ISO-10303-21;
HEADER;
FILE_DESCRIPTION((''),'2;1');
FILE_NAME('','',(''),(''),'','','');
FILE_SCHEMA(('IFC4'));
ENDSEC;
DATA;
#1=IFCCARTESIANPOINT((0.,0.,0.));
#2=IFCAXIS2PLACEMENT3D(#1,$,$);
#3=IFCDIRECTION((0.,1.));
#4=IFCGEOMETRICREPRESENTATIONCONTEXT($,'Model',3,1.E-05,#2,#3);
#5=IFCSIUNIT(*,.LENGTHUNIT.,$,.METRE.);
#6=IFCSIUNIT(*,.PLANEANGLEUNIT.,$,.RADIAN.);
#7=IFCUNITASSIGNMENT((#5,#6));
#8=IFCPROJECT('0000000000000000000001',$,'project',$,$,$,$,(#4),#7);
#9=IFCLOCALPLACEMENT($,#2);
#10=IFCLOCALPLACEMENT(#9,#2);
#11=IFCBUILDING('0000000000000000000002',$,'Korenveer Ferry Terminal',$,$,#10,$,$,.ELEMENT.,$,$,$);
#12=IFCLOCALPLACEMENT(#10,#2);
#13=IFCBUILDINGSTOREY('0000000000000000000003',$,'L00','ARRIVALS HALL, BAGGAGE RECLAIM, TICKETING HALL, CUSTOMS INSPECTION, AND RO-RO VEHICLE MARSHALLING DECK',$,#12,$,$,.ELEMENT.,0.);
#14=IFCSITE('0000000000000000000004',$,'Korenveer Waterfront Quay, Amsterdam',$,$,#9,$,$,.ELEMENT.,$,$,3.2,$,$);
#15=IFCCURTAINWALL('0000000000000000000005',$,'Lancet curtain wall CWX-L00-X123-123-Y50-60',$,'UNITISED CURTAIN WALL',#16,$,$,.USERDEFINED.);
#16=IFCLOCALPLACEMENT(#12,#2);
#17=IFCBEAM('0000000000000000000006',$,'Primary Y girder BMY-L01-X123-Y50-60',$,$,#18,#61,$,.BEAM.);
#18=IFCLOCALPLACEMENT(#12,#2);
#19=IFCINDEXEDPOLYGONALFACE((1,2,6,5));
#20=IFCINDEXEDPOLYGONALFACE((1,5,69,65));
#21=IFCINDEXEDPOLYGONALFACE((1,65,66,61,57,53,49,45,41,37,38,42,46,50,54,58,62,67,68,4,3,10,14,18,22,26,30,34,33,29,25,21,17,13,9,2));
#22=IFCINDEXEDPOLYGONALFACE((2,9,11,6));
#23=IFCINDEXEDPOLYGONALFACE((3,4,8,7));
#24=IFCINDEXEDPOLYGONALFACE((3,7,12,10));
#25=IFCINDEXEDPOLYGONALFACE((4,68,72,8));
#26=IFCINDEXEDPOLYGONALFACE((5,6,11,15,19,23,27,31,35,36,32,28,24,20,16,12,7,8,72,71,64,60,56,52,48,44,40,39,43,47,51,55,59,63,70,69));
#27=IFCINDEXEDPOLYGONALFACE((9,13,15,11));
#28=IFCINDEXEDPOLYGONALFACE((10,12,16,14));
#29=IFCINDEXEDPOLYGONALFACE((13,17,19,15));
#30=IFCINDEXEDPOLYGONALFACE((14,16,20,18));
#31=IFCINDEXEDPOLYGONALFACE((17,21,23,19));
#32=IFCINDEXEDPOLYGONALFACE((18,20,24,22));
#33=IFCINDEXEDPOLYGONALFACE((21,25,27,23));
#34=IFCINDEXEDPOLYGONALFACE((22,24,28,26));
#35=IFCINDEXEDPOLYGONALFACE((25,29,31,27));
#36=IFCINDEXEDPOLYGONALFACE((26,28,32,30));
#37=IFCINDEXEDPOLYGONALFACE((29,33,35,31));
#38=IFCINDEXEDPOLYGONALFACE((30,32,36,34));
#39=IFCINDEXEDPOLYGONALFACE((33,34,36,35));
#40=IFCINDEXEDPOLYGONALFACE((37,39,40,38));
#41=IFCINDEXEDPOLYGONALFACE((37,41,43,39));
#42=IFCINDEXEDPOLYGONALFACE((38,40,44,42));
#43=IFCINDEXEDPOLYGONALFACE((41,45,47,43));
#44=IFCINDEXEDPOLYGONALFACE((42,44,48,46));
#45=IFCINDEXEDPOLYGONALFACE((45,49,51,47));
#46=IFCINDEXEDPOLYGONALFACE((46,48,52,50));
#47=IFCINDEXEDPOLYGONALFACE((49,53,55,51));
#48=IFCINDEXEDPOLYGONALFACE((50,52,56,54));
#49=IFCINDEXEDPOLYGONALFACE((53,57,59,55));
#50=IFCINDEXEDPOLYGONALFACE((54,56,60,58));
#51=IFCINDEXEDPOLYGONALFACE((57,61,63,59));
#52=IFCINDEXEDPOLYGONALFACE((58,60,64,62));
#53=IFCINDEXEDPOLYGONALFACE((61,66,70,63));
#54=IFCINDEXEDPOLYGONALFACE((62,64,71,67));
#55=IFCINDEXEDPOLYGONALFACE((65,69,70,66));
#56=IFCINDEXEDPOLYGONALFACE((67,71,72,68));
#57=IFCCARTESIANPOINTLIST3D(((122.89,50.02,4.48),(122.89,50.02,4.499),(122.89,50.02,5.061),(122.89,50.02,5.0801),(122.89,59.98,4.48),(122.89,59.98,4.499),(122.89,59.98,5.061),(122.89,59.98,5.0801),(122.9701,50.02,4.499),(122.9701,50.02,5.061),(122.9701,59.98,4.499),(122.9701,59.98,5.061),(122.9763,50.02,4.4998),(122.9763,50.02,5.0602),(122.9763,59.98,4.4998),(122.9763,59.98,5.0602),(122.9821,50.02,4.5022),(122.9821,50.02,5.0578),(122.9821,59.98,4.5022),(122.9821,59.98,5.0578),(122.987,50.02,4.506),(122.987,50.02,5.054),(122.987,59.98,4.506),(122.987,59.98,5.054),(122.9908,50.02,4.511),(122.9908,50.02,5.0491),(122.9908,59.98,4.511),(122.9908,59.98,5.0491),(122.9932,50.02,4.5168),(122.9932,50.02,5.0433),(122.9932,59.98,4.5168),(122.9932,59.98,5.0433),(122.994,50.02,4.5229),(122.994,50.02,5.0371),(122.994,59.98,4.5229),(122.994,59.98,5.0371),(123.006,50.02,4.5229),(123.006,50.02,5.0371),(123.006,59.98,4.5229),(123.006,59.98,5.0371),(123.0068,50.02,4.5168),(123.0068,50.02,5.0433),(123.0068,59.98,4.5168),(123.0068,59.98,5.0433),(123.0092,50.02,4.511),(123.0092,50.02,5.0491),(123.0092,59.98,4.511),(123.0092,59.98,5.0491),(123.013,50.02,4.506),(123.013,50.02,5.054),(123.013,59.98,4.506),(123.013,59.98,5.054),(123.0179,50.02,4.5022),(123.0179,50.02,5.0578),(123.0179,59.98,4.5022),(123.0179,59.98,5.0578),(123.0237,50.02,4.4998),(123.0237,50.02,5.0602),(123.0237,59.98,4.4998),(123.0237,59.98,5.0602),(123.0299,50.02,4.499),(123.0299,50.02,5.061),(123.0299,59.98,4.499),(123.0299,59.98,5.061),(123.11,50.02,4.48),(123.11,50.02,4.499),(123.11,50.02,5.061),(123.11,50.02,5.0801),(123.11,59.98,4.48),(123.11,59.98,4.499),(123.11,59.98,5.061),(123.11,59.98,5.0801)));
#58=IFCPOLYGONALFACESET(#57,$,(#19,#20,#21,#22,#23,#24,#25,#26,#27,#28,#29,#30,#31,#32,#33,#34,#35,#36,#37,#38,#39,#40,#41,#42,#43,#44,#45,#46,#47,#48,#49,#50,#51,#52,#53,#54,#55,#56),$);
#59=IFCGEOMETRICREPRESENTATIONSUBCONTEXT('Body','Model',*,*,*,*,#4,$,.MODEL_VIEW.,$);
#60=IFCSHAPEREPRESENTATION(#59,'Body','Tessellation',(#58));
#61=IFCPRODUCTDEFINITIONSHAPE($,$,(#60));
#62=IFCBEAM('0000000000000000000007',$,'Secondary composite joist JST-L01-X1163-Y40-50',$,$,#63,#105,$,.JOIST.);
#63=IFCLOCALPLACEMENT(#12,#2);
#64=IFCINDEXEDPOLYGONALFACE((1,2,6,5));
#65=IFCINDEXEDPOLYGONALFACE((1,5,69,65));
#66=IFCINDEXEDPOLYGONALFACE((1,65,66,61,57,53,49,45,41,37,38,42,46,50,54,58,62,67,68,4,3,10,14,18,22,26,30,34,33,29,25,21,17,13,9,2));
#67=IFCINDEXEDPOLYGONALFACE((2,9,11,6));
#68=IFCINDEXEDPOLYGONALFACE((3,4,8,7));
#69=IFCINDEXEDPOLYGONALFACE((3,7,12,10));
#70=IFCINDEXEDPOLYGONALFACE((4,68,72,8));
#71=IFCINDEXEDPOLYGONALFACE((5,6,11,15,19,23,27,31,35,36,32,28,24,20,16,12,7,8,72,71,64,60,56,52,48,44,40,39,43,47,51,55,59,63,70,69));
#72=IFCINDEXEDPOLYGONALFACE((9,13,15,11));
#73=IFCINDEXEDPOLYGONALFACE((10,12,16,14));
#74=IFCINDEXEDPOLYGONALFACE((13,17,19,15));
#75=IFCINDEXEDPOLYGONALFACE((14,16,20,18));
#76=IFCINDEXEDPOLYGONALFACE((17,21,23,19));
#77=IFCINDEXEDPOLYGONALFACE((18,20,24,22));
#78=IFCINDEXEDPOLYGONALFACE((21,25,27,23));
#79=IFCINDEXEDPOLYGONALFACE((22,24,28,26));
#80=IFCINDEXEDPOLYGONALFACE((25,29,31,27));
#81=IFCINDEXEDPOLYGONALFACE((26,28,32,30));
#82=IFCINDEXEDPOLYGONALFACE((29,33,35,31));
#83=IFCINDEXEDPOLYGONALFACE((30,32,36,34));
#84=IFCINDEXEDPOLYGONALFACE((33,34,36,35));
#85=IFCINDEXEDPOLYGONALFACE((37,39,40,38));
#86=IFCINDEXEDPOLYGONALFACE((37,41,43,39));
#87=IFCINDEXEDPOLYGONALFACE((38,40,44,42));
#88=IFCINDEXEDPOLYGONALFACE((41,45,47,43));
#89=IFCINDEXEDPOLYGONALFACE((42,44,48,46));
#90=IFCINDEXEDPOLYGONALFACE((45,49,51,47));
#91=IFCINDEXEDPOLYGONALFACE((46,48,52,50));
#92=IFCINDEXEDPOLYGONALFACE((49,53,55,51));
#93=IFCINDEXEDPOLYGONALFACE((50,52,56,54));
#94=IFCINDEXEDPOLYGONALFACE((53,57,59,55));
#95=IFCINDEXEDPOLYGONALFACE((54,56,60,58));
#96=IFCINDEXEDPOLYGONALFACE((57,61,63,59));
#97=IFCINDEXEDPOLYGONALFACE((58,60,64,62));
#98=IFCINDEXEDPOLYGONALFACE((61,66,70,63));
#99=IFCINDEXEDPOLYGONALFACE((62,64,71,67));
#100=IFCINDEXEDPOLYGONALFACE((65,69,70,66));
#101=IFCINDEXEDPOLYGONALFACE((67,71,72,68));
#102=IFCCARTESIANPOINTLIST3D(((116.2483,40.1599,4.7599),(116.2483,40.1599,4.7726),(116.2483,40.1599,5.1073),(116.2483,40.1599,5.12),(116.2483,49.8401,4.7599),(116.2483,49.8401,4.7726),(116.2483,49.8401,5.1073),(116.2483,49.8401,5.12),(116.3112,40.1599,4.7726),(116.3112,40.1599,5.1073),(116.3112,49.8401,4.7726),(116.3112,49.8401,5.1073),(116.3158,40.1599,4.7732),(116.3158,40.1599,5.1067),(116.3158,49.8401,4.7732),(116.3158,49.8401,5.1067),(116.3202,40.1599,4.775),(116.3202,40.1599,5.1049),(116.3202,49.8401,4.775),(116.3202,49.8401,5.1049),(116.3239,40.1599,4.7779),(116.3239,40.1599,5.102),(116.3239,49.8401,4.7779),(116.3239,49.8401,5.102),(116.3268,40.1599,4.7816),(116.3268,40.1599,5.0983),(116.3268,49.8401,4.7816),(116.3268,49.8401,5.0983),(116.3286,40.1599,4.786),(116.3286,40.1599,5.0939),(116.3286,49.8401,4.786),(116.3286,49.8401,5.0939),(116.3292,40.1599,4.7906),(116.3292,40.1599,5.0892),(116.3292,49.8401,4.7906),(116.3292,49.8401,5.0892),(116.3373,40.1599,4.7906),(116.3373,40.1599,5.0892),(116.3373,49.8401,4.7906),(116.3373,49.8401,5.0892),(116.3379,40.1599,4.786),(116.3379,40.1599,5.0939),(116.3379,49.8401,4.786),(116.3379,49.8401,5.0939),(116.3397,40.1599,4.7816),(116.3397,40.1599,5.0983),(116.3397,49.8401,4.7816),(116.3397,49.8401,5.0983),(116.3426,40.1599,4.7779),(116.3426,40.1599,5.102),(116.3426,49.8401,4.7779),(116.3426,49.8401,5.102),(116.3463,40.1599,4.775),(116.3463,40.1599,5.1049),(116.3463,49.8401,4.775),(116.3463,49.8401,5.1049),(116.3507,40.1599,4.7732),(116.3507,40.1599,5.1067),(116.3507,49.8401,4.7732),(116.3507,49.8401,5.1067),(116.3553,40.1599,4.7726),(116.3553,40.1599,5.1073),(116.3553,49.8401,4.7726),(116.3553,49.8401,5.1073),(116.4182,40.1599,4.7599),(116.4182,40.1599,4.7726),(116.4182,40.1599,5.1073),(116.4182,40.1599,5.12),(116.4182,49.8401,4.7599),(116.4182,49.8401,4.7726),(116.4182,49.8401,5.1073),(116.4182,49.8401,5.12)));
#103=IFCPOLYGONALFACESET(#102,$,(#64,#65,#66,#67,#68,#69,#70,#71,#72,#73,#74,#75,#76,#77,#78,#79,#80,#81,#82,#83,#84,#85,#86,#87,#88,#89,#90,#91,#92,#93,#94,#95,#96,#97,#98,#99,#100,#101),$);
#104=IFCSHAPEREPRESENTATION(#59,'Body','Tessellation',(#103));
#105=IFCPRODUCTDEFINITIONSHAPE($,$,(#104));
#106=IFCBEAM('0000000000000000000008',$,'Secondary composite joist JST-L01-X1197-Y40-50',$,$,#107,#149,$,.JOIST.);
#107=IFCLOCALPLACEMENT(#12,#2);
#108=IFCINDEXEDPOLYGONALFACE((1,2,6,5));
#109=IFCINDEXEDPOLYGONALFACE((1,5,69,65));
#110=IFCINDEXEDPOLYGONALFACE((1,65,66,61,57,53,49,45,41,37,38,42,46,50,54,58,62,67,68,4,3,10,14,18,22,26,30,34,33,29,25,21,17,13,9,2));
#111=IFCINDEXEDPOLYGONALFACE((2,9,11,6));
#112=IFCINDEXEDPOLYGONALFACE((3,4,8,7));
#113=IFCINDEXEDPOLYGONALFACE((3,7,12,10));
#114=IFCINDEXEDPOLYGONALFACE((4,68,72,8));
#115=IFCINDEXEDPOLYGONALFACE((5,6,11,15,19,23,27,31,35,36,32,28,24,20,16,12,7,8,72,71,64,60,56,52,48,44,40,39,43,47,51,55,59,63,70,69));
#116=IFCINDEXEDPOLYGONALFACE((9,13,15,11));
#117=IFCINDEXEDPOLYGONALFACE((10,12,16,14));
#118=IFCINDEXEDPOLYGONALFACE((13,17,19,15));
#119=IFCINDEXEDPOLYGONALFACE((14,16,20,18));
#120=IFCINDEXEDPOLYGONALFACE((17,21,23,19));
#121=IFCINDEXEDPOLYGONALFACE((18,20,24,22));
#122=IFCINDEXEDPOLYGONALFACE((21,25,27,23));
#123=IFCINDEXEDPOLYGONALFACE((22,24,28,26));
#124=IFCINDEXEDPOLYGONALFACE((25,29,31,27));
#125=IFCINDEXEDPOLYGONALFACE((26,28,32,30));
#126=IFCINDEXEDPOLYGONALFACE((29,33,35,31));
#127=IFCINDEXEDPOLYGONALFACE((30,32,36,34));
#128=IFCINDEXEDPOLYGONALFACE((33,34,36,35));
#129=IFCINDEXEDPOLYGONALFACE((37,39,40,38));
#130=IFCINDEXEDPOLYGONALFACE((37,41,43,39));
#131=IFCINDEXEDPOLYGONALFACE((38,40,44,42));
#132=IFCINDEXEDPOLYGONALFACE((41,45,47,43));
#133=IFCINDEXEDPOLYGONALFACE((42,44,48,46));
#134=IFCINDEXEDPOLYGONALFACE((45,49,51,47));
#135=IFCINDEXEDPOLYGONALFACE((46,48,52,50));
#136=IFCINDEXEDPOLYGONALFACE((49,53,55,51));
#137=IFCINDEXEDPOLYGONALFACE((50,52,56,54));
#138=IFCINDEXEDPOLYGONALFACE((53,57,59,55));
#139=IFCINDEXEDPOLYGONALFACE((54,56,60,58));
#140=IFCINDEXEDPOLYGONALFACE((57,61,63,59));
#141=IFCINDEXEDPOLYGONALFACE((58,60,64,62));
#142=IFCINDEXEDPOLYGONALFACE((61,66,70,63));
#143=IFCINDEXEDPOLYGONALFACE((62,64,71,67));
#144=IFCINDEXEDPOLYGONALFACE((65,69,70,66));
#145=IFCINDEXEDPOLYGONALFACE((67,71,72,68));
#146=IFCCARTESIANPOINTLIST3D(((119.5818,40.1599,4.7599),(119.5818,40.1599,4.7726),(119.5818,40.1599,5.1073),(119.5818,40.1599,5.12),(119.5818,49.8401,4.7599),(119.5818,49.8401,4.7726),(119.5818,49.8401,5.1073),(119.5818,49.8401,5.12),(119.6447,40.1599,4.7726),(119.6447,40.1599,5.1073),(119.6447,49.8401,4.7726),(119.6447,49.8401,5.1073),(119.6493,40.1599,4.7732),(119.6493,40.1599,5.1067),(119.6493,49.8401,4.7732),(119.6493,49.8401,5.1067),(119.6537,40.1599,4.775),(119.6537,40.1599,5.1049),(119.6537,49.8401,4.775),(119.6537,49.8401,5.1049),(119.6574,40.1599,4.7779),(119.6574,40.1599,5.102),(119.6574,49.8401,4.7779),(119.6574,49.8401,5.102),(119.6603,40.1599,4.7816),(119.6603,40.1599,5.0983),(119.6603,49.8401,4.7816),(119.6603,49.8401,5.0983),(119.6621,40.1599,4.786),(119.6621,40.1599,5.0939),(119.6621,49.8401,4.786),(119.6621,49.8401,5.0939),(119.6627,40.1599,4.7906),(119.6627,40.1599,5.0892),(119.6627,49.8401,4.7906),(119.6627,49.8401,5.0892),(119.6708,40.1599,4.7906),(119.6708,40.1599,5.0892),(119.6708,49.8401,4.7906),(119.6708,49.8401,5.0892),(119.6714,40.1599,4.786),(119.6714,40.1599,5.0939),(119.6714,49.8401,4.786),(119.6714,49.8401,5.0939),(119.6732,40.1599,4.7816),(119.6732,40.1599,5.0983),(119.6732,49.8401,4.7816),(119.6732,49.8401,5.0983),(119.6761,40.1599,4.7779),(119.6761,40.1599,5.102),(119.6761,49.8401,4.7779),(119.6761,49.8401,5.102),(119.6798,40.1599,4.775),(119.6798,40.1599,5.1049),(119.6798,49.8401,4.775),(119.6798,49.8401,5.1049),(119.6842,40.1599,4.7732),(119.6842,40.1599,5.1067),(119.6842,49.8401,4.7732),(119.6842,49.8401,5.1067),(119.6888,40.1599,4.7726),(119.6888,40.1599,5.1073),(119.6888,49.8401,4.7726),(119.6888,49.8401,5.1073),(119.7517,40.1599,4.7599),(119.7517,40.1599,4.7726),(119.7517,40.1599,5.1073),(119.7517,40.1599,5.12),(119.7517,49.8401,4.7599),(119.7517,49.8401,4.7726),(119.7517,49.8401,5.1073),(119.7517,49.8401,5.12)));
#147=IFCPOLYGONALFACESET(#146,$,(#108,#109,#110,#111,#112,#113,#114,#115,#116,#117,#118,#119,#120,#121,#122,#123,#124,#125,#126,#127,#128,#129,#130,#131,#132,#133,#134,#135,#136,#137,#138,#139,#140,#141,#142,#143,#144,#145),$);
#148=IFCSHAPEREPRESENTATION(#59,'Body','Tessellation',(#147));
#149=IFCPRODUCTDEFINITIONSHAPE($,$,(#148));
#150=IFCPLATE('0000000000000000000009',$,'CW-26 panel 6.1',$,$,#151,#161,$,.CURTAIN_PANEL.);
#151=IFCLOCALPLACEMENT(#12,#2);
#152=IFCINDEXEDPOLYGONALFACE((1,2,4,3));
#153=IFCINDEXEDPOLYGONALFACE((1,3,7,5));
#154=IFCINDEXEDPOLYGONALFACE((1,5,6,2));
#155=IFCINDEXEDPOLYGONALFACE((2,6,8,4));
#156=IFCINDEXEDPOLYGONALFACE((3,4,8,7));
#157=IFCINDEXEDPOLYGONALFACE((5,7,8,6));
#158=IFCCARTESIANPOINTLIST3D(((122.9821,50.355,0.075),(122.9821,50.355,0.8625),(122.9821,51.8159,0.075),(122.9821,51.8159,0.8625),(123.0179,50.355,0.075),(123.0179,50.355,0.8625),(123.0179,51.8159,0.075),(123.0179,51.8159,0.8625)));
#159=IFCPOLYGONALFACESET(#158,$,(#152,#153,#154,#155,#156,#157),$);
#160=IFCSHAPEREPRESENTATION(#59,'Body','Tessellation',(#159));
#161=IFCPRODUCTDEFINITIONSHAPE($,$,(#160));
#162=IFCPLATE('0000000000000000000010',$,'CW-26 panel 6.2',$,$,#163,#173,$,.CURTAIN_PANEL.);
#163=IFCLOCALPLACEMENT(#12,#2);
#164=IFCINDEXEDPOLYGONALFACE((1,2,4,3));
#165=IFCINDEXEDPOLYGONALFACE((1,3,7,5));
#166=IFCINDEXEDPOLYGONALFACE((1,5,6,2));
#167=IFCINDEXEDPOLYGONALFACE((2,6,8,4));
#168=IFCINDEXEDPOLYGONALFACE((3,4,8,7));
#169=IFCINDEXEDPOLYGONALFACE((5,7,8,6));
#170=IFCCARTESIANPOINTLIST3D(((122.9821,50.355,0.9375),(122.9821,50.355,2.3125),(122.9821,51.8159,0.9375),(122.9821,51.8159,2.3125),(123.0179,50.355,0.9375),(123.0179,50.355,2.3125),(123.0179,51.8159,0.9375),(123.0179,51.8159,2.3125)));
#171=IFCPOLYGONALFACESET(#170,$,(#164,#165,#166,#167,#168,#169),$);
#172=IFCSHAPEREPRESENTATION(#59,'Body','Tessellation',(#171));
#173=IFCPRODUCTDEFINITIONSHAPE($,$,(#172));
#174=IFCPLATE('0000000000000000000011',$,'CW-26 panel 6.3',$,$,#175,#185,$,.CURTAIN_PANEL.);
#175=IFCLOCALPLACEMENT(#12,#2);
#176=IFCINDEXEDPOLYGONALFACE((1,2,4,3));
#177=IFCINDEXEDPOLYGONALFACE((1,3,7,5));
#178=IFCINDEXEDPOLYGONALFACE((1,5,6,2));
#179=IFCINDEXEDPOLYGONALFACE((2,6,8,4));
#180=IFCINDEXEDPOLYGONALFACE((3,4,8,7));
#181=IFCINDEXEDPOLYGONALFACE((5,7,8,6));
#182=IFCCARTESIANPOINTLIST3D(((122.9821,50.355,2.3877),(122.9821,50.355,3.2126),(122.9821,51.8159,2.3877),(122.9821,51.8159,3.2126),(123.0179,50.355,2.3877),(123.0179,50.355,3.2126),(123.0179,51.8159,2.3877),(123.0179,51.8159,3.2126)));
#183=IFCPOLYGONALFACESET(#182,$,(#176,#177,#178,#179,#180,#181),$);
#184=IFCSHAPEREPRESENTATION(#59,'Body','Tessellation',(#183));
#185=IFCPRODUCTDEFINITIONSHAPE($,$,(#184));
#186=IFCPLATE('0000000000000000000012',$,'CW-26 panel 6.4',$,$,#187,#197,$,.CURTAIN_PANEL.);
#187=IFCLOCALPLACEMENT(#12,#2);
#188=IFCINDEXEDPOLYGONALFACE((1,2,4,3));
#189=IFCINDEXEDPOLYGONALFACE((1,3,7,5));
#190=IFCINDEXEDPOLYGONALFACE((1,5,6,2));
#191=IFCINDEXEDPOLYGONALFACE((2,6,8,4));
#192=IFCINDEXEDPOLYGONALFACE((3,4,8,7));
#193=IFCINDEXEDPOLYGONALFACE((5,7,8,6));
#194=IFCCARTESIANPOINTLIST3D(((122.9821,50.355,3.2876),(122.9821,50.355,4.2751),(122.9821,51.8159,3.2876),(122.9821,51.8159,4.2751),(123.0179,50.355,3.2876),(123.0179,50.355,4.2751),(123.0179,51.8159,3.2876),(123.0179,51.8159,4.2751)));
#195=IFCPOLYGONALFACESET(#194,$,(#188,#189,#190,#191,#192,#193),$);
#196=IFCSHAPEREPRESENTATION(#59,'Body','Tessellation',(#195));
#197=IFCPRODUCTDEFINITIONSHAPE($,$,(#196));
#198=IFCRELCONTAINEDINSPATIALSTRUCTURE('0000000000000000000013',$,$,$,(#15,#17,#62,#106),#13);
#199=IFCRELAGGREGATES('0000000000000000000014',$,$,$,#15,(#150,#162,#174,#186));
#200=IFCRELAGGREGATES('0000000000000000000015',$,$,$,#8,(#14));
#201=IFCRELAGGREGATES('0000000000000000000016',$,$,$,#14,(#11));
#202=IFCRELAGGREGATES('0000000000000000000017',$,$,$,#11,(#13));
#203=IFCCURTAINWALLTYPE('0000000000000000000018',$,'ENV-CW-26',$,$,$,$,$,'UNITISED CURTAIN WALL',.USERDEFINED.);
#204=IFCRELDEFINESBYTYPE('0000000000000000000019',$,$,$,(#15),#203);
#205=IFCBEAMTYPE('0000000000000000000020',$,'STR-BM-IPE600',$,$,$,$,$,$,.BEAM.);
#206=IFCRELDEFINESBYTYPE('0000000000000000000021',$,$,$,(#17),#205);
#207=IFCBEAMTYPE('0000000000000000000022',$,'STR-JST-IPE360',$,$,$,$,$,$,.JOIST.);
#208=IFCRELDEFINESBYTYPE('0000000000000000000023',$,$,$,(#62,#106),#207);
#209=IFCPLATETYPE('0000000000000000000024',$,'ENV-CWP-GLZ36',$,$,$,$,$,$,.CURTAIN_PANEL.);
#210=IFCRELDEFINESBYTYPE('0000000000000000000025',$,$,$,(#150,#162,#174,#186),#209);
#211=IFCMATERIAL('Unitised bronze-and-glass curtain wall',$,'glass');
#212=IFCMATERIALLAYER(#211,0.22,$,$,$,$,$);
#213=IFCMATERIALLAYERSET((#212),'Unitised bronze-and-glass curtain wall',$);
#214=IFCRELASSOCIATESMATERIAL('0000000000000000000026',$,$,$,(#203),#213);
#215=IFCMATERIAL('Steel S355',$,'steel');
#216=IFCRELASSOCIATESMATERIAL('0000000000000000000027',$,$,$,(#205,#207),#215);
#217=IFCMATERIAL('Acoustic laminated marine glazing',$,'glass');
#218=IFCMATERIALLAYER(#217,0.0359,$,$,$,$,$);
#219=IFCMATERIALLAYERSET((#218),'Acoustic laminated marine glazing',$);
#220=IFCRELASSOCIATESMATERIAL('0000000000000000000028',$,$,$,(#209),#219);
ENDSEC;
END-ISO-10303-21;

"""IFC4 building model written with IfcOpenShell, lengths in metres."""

from ifc_helpers import new_model, si_unit, direction, frame, origin, origin_2d, place, context, subcontext, project, spatial, rectangle, i_section, extrude, material, layer, layer_set, material_profile, profile_set, type_object, element, aggregate, save


model = new_model("IFC4")

# Units and contexts
model_context = context("Model", 3, precision=1e-05, world=origin(), true_north=direction((0.0, 1.0)))
body_context = subcontext(model_context, "Body", "Model", "MODEL_VIEW")
ifc_project = project(units=[si_unit("LENGTHUNIT", "METRE"), si_unit("PLANEANGLEUNIT", "RADIAN")], contexts=[model_context])

# Site, building, storey
site_placement = place(None, origin())
site = spatial("IfcSite", under=ifc_project, at=site_placement, Name="Korenveer Waterfront Quay, Amsterdam", CompositionType="ELEMENT", RefElevation=3.2)
building_placement = place(site_placement, origin())
building = spatial("IfcBuilding", under=site, at=building_placement, Name="Korenveer Ferry Terminal", CompositionType="ELEMENT")
storey_placement = place(building_placement, origin())
storey = spatial("IfcBuildingStorey", under=building, at=storey_placement, Name="L00", Description="ARRIVALS HALL, BAGGAGE RECLAIM, TICKETING HALL, CUSTOMS INSPECTION, AND RO-RO VEHICLE MARSHALLING DECK", CompositionType="ELEMENT", Elevation=0.0)

# Shared definitions
ifc_material_1 = material(Name="Steel S355", Category="steel")

# Curtain wall
ifc_material_2 = material(Name="Unitised bronze-and-glass curtain wall", Category="glass")
ifc_layer_1 = layer(ifc_material_2, 0.22)
ifc_layer_set_1 = layer_set([ifc_layer_1], Name="Unitised bronze-and-glass curtain wall")
curtain_wall_type = type_object("IfcCurtainWallType", Name="ENV-CW-26", ElementType="UNITISED CURTAIN WALL", PredefinedType="USERDEFINED", material=ifc_layer_set_1)
curtain_wall_placement = place(storey_placement, frame((123.0, 59.72, 0.0)))
curtain_wall = element("IfcCurtainWall", 1, at=curtain_wall_placement, inside=storey, type_object=curtain_wall_type, Name="Lancet curtain wall CWX-L00-X123-123-Y50-60", ObjectType="UNITISED CURTAIN WALL", PredefinedType="USERDEFINED")

# Beams
ifc_material_profile_1 = material_profile(ifc_material_1, i_section(OverallWidth=0.22, OverallDepth=0.6001, WebThickness=0.012, FlangeThickness=0.019, FilletRadius=0.0239, at=origin_2d()), Name="IPE 600")
ifc_profile_set_1 = profile_set([ifc_material_profile_1], Name="Steel S355")
beam_type_1 = type_object("IfcBeamType", Name="STR-BM-IPE600", PredefinedType="BEAM", material=ifc_profile_set_1)
for number, where, z_axis, x_axis, name in (
    (2, (123.0, 50.02, 4.78), (0.0, 1.0, 0.0), (-1.0, 0.0, 0.0), "Primary Y girder BMY-L01-X123-Y50-60"),
):
    element("IfcBeam", number, at=place(storey_placement, frame(where, z_axis=z_axis, x_axis=x_axis)), inside=storey, type_object=beam_type_1, Name=name, PredefinedType="BEAM", context=body_context, shape_type="SweptSolid", body=[
        extrude(i_section(OverallWidth=0.22, OverallDepth=0.6001, WebThickness=0.012, FlangeThickness=0.019, FilletRadius=0.0239, at=origin_2d()), origin(), (0.0, 0.0, 1.0), 9.96),
    ])
ifc_material_profile_2 = material_profile(ifc_material_1, i_section(OverallWidth=0.1699, OverallDepth=0.3601, WebThickness=0.0081, FlangeThickness=0.0127, FilletRadius=0.0181, at=origin_2d()), Name="IPE 360")
ifc_profile_set_2 = profile_set([ifc_material_profile_2], Name="Steel S355")
beam_type_2 = type_object("IfcBeamType", Name="STR-JST-IPE360", PredefinedType="JOIST", material=ifc_profile_set_2)
for number, where, z_axis, x_axis, name in (
    (3, (116.3333, 40.1599, 4.9399), (0.0, 1.0, 0.0), (-1.0, 0.0, 0.0), "Secondary composite joist JST-L01-X1163-Y40-50"),
    (4, (119.6667, 40.1599, 4.9399), (0.0, 1.0, 0.0), (-1.0, 0.0, 0.0), "Secondary composite joist JST-L01-X1197-Y40-50"),
):
    element("IfcBeam", number, at=place(storey_placement, frame(where, z_axis=z_axis, x_axis=x_axis)), inside=storey, type_object=beam_type_2, Name=name, PredefinedType="JOIST", context=body_context, shape_type="SweptSolid", body=[
        extrude(i_section(OverallWidth=0.1699, OverallDepth=0.3601, WebThickness=0.0081, FlangeThickness=0.0127, FilletRadius=0.0181, at=origin_2d()), origin(), (0.0, 0.0, 1.0), 9.6802),
    ])

# Plates
ifc_material_3 = material(Name="Acoustic laminated marine glazing", Category="glass")
ifc_layer_2 = layer(ifc_material_3, 0.0359)
ifc_layer_set_2 = layer_set([ifc_layer_2], Name="Acoustic laminated marine glazing")
plate_type_1 = type_object("IfcPlateType", Name="ENV-CWP-GLZ36", PredefinedType="CURTAIN_PANEL", material=ifc_layer_set_2)
plate_1_placement = place(storey_placement, frame((123.0, 51.0854, 0.075), z_axis=(0.0, 0.0, 1.0), x_axis=(0.0, -1.0, 0.0)))
plate_1 = element("IfcPlate", 5, at=plate_1_placement, type_object=plate_type_1, Name="CW-26 panel 6.1", PredefinedType="CURTAIN_PANEL", context=body_context, shape_type="SweptSolid", body=[
    extrude(rectangle(XDim=1.4609, YDim=0.0359, at=origin_2d()), origin(), (0.0, 0.0, 1.0), 0.7876),
])
plate_2_placement = place(storey_placement, frame((123.0, 51.0854, 0.9375), z_axis=(0.0, 0.0, 1.0), x_axis=(0.0, -1.0, 0.0)))
plate_2 = element("IfcPlate", 6, at=plate_2_placement, type_object=plate_type_1, Name="CW-26 panel 6.2", PredefinedType="CURTAIN_PANEL", context=body_context, shape_type="SweptSolid", body=[
    extrude(rectangle(XDim=1.4609, YDim=0.0359, at=origin_2d()), origin(), (0.0, 0.0, 1.0), 1.375),
])
plate_3_placement = place(storey_placement, frame((123.0, 51.0854, 2.3877), z_axis=(0.0, 0.0, 1.0), x_axis=(0.0, -1.0, 0.0)))
plate_3 = element("IfcPlate", 7, at=plate_3_placement, type_object=plate_type_1, Name="CW-26 panel 6.3", PredefinedType="CURTAIN_PANEL", context=body_context, shape_type="SweptSolid", body=[
    extrude(rectangle(XDim=1.4609, YDim=0.0359, at=origin_2d()), origin(), (0.0, 0.0, 1.0), 0.825),
])
plate_4_placement = place(storey_placement, frame((123.0, 51.0854, 3.2876), z_axis=(0.0, 0.0, 1.0), x_axis=(0.0, -1.0, 0.0)))
plate_4 = element("IfcPlate", 8, at=plate_4_placement, type_object=plate_type_1, Name="CW-26 panel 6.4", PredefinedType="CURTAIN_PANEL", context=body_context, shape_type="SweptSolid", body=[
    extrude(rectangle(XDim=1.4609, YDim=0.0359, at=origin_2d()), origin(), (0.0, 0.0, 1.0), 0.9875),
])
aggregate(curtain_wall, [plate_1, plate_2, plate_3, plate_4])

save(model, "model.ifc")
